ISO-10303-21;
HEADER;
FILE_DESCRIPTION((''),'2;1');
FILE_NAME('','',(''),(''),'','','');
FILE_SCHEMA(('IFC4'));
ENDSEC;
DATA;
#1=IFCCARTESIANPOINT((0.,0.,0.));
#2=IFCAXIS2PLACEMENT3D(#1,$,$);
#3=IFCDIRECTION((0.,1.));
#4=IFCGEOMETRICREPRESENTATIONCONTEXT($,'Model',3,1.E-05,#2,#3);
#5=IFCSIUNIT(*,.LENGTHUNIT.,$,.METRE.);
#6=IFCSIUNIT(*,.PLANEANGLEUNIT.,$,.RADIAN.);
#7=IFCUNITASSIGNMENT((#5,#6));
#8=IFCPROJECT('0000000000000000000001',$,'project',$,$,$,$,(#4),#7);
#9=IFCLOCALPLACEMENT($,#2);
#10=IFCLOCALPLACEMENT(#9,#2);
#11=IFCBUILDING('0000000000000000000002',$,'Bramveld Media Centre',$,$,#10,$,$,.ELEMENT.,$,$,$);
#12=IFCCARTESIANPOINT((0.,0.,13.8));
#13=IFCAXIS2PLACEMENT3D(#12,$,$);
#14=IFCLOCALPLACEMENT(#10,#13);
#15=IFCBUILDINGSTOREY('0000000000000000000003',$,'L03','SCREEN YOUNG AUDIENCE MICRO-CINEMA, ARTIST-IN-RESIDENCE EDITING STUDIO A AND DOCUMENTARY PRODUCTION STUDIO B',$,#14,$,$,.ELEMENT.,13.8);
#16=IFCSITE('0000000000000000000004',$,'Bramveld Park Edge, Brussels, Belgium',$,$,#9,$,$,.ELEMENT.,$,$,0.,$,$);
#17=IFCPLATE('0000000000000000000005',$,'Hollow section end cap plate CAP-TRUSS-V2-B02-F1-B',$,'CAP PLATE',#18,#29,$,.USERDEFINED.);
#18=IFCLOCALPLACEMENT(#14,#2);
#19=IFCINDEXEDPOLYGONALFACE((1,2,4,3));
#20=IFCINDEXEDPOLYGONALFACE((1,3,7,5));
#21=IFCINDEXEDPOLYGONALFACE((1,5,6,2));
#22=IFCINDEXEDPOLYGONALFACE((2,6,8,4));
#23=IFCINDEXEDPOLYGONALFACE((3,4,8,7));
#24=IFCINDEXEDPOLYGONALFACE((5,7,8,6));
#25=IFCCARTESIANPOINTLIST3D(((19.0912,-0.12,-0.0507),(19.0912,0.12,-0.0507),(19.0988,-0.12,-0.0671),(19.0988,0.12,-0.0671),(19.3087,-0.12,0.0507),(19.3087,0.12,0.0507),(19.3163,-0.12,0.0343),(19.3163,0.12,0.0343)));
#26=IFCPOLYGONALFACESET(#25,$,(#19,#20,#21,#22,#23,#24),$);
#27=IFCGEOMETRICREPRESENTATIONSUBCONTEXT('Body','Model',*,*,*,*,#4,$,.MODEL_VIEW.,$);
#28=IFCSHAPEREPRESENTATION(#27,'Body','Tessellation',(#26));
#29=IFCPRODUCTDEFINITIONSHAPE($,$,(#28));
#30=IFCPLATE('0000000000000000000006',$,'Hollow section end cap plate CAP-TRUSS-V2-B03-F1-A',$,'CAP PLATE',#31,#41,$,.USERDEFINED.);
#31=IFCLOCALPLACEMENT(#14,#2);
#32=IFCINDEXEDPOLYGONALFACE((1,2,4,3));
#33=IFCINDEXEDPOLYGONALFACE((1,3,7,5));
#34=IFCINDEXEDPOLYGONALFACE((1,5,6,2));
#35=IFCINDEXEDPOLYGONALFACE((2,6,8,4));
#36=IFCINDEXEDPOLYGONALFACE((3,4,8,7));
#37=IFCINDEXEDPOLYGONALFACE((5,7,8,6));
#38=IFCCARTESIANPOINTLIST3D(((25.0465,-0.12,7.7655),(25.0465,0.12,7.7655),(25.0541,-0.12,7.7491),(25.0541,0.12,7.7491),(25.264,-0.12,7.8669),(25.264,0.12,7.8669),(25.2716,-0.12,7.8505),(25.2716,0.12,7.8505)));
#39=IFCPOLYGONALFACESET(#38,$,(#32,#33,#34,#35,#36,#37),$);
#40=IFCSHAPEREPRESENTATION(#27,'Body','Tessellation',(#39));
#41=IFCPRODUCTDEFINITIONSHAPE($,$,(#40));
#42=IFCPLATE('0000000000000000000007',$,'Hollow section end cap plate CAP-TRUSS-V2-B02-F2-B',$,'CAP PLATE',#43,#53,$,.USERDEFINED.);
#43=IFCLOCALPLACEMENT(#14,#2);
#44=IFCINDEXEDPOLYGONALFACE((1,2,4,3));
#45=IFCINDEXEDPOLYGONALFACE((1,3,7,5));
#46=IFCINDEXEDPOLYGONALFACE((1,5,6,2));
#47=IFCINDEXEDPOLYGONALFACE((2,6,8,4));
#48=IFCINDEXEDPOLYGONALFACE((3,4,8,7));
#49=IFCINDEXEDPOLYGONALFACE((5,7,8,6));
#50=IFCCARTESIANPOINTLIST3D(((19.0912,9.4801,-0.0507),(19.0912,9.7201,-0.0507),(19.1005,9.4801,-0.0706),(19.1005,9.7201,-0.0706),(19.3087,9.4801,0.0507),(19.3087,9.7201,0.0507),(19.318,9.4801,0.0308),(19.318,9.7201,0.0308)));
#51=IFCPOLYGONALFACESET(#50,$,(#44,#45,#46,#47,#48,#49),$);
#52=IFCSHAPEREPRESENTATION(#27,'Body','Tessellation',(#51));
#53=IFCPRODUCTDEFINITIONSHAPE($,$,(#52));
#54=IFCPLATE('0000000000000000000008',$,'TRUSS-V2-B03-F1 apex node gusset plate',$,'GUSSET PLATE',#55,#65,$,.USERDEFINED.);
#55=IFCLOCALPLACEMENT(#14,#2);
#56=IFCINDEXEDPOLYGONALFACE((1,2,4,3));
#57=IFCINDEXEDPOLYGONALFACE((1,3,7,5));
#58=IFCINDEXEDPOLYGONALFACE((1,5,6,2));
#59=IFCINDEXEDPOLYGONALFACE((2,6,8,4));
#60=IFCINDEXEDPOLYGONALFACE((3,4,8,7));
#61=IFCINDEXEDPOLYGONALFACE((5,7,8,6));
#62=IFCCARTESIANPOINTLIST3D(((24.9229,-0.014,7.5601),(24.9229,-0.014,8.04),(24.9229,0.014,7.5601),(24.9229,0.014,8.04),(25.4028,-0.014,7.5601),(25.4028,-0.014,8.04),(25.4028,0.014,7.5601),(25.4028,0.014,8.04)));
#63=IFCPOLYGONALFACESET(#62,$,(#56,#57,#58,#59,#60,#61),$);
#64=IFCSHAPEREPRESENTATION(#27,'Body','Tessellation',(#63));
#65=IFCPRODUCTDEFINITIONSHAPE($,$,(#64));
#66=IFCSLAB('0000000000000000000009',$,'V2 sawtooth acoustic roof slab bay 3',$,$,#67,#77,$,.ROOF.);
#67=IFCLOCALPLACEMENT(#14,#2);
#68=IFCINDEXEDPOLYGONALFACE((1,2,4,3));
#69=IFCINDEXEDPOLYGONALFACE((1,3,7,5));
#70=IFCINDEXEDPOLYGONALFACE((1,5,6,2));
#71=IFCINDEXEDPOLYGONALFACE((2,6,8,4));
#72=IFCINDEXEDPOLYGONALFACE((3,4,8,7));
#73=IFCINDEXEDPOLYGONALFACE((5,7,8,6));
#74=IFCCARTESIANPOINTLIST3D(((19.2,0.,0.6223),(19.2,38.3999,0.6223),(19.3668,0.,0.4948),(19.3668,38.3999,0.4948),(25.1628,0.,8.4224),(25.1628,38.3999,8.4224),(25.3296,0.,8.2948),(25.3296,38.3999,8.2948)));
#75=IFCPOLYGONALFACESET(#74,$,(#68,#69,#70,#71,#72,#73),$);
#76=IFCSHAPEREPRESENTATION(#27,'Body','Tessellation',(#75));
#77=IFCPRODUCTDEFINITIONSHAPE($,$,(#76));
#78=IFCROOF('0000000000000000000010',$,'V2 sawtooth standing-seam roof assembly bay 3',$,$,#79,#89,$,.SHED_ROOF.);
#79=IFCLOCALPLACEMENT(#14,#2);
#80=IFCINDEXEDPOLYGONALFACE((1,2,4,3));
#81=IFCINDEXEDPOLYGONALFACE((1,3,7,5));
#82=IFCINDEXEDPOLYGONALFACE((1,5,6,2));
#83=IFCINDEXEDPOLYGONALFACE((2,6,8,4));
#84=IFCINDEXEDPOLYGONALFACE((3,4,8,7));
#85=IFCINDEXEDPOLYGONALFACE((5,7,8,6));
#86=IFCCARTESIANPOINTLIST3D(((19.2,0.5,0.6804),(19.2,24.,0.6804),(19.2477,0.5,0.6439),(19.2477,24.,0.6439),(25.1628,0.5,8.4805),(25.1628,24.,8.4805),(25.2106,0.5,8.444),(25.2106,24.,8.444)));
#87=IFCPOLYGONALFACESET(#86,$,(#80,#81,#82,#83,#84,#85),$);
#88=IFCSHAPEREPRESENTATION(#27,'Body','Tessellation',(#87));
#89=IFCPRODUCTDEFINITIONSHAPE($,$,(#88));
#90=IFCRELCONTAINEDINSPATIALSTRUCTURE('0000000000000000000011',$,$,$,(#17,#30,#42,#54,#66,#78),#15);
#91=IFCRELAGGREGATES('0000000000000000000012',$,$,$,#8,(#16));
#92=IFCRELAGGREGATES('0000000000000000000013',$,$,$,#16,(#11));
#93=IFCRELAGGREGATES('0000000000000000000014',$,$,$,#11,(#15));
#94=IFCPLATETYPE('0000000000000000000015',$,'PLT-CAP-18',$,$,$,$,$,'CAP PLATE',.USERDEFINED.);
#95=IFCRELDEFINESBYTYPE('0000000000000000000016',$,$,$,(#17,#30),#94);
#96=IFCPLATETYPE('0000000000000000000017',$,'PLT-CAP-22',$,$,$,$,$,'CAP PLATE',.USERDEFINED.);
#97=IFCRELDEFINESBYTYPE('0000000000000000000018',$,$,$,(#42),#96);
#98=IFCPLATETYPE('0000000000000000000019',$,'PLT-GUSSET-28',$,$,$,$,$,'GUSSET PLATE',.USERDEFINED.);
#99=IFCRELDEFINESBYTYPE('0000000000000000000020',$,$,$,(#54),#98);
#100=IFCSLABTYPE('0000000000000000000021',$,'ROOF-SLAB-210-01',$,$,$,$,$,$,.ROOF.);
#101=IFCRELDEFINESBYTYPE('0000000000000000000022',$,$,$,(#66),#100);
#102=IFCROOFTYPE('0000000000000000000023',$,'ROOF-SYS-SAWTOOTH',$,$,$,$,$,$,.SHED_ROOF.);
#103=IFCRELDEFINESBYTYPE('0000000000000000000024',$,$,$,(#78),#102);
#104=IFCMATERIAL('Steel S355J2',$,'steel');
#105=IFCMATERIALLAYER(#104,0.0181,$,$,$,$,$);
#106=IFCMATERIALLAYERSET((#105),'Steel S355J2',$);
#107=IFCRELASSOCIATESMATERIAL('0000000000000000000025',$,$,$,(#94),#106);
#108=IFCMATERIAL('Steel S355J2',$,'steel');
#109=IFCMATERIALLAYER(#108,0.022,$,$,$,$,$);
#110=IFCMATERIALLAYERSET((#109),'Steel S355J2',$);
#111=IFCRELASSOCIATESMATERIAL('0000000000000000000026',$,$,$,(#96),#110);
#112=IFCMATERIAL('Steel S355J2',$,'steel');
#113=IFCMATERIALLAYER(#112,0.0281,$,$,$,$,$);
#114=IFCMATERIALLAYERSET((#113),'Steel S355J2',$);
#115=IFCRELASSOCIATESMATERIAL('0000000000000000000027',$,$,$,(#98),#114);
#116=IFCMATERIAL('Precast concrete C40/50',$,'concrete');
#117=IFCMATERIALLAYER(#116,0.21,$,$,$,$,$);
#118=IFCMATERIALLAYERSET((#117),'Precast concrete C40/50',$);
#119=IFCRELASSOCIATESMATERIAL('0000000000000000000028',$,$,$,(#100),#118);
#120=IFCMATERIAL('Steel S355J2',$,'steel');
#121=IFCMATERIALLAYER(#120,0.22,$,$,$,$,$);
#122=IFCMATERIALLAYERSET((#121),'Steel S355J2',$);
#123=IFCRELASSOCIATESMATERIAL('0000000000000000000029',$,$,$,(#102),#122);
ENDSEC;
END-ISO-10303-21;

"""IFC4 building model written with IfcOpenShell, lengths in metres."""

from ifc_helpers import new_model, si_unit, direction, frame, origin, origin_2d, place, context, subcontext, project, spatial, polyline, rectangle, outline, extrude, material, layer, layer_set, type_object, element, save


model = new_model("IFC4")

# Units and contexts
model_context = context("Model", 3, precision=1e-05, world=origin(), true_north=direction((0.0, 1.0)))
body_context = subcontext(model_context, "Body", "Model", "MODEL_VIEW")
ifc_project = project(units=[si_unit("LENGTHUNIT", "METRE"), si_unit("PLANEANGLEUNIT", "RADIAN")], contexts=[model_context])

# Site, building, storey
site_placement = place(None, origin())
site = spatial("IfcSite", under=ifc_project, at=site_placement, Name="Bramveld Park Edge, Brussels, Belgium", CompositionType="ELEMENT", RefElevation=0.0)
building_placement = place(site_placement, origin())
building = spatial("IfcBuilding", under=site, at=building_placement, Name="Bramveld Media Centre", CompositionType="ELEMENT")
storey_placement = place(building_placement, frame((0.0, 0.0, 13.8)))
storey = spatial("IfcBuildingStorey", under=building, at=storey_placement, Name="L03", Description="SCREEN YOUNG AUDIENCE MICRO-CINEMA, ARTIST-IN-RESIDENCE EDITING STUDIO A AND DOCUMENTARY PRODUCTION STUDIO B", CompositionType="ELEMENT", Elevation=13.8)

# Plates
ifc_material_1 = material(Name="Steel S355J2", Category="steel")
ifc_layer_1 = layer(ifc_material_1, 0.0181)
ifc_layer_set_1 = layer_set([ifc_layer_1], Name="Steel S355J2")
plate_type_1 = type_object("IfcPlateType", Name="PLT-CAP-18", ElementType="CAP PLATE", PredefinedType="USERDEFINED", material=ifc_layer_set_1)
for number, where, z_axis, x_axis, name in (
    (1, (19.2, 0.0, 0.0), (0.422618, 0.0, -0.906308), (0.0, 1.0, 0.0), "Hollow section end cap plate CAP-TRUSS-V2-B02-F1-B"),
    (2, (25.1628, 0.0, 7.7998), (-0.422618, 0.0, 0.906308), (0.0, -1.0, 0.0), "Hollow section end cap plate CAP-TRUSS-V2-B03-F1-A"),
):
    element("IfcPlate", number, at=place(storey_placement, frame(where, z_axis=z_axis, x_axis=x_axis)), inside=storey, type_object=plate_type_1, Name=name, ObjectType="CAP PLATE", PredefinedType="USERDEFINED", context=body_context, shape_type="SweptSolid", body=[
        extrude(rectangle(XDim=0.24, YDim=0.24, at=origin_2d()), origin(), (0.0, 0.0, 1.0), 0.0181),
    ])
ifc_material_2 = material(Name="Steel S355J2", Category="steel")
ifc_layer_2 = layer(ifc_material_2, 0.022)
ifc_layer_set_2 = layer_set([ifc_layer_2], Name="Steel S355J2")
plate_type_2 = type_object("IfcPlateType", Name="PLT-CAP-22", ElementType="CAP PLATE", PredefinedType="USERDEFINED", material=ifc_layer_set_2)
plate_1_placement = place(storey_placement, frame((19.2, 9.6001, 0.0), z_axis=(0.422618, 0.0, -0.906308), x_axis=(0.0, 1.0, 0.0)))
element("IfcPlate", 3, at=plate_1_placement, inside=storey, type_object=plate_type_2, Name="Hollow section end cap plate CAP-TRUSS-V2-B02-F2-B", ObjectType="CAP PLATE", PredefinedType="USERDEFINED", context=body_context, shape_type="SweptSolid", body=[
    extrude(rectangle(XDim=0.24, YDim=0.24, at=origin_2d()), origin(), (0.0, 0.0, 1.0), 0.022),
])
ifc_material_3 = material(Name="Steel S355J2", Category="steel")
ifc_layer_3 = layer(ifc_material_3, 0.0281)
ifc_layer_set_3 = layer_set([ifc_layer_3], Name="Steel S355J2")
plate_type_3 = type_object("IfcPlateType", Name="PLT-GUSSET-28", ElementType="GUSSET PLATE", PredefinedType="USERDEFINED", material=ifc_layer_set_3)
plate_2_placement = place(storey_placement, frame((25.1628, 0.0, 7.5601), z_axis=(0.0, 0.0, 1.0), x_axis=(1.0, 0.0, 0.0)))
element("IfcPlate", 4, at=plate_2_placement, inside=storey, type_object=plate_type_3, Name="TRUSS-V2-B03-F1 apex node gusset plate", ObjectType="GUSSET PLATE", PredefinedType="USERDEFINED", context=body_context, shape_type="SweptSolid", body=[
    extrude(rectangle(XDim=0.48, YDim=0.0281, at=origin_2d()), origin(), (0.0, 0.0, 1.0), 0.48),
])

# Slab
ifc_material_4 = material(Name="Precast concrete C40/50", Category="concrete")
ifc_layer_4 = layer(ifc_material_4, 0.21)
ifc_layer_set_4 = layer_set([ifc_layer_4], Name="Precast concrete C40/50")
slab_type = type_object("IfcSlabType", Name="ROOF-SLAB-210-01", PredefinedType="ROOF", material=ifc_layer_set_4)
slab_placement = place(storey_placement, frame((19.2, 0.0, 0.6223), z_axis=(-0.794449, 0.0, 0.607331), x_axis=(0.607331, 0.0, 0.794449)))
element("IfcSlab", 5, at=slab_placement, inside=storey, type_object=slab_type, Name="V2 sawtooth acoustic roof slab bay 3", PredefinedType="ROOF", context=body_context, shape_type="SweptSolid", body=[
    extrude(outline(polyline([(0.0, 0.0), (9.8182, 0.0), (9.8182, 38.3999), (0.0, 38.3999), (0.0, 0.0)])), origin(), (0.0, 0.0, -1.0), 0.21),
])

# Roof
ifc_material_5 = material(Name="Steel S355J2", Category="steel")
ifc_layer_5 = layer(ifc_material_5, 0.22)
ifc_layer_set_5 = layer_set([ifc_layer_5], Name="Steel S355J2")
roof_type = type_object("IfcRoofType", Name="ROOF-SYS-SAWTOOTH", PredefinedType="SHED_ROOF", material=ifc_layer_set_5)
roof_placement = place(storey_placement, frame((19.2, 0.5, 0.6804), z_axis=(-0.794449, 0.0, 0.607331), x_axis=(0.607331, 0.0, 0.794449)))
element("IfcRoof", 6, at=roof_placement, inside=storey, type_object=roof_type, Name="V2 sawtooth standing-seam roof assembly bay 3", PredefinedType="SHED_ROOF", context=body_context, shape_type="SweptSolid", body=[
    extrude(outline(polyline([(0.0, 0.0), (9.8182, 0.0), (9.8182, 23.5), (0.0, 23.5), (0.0, 0.0)])), origin(), (0.0, 0.0, -1.0), 0.0601),
])

save(model, "model.ifc")
